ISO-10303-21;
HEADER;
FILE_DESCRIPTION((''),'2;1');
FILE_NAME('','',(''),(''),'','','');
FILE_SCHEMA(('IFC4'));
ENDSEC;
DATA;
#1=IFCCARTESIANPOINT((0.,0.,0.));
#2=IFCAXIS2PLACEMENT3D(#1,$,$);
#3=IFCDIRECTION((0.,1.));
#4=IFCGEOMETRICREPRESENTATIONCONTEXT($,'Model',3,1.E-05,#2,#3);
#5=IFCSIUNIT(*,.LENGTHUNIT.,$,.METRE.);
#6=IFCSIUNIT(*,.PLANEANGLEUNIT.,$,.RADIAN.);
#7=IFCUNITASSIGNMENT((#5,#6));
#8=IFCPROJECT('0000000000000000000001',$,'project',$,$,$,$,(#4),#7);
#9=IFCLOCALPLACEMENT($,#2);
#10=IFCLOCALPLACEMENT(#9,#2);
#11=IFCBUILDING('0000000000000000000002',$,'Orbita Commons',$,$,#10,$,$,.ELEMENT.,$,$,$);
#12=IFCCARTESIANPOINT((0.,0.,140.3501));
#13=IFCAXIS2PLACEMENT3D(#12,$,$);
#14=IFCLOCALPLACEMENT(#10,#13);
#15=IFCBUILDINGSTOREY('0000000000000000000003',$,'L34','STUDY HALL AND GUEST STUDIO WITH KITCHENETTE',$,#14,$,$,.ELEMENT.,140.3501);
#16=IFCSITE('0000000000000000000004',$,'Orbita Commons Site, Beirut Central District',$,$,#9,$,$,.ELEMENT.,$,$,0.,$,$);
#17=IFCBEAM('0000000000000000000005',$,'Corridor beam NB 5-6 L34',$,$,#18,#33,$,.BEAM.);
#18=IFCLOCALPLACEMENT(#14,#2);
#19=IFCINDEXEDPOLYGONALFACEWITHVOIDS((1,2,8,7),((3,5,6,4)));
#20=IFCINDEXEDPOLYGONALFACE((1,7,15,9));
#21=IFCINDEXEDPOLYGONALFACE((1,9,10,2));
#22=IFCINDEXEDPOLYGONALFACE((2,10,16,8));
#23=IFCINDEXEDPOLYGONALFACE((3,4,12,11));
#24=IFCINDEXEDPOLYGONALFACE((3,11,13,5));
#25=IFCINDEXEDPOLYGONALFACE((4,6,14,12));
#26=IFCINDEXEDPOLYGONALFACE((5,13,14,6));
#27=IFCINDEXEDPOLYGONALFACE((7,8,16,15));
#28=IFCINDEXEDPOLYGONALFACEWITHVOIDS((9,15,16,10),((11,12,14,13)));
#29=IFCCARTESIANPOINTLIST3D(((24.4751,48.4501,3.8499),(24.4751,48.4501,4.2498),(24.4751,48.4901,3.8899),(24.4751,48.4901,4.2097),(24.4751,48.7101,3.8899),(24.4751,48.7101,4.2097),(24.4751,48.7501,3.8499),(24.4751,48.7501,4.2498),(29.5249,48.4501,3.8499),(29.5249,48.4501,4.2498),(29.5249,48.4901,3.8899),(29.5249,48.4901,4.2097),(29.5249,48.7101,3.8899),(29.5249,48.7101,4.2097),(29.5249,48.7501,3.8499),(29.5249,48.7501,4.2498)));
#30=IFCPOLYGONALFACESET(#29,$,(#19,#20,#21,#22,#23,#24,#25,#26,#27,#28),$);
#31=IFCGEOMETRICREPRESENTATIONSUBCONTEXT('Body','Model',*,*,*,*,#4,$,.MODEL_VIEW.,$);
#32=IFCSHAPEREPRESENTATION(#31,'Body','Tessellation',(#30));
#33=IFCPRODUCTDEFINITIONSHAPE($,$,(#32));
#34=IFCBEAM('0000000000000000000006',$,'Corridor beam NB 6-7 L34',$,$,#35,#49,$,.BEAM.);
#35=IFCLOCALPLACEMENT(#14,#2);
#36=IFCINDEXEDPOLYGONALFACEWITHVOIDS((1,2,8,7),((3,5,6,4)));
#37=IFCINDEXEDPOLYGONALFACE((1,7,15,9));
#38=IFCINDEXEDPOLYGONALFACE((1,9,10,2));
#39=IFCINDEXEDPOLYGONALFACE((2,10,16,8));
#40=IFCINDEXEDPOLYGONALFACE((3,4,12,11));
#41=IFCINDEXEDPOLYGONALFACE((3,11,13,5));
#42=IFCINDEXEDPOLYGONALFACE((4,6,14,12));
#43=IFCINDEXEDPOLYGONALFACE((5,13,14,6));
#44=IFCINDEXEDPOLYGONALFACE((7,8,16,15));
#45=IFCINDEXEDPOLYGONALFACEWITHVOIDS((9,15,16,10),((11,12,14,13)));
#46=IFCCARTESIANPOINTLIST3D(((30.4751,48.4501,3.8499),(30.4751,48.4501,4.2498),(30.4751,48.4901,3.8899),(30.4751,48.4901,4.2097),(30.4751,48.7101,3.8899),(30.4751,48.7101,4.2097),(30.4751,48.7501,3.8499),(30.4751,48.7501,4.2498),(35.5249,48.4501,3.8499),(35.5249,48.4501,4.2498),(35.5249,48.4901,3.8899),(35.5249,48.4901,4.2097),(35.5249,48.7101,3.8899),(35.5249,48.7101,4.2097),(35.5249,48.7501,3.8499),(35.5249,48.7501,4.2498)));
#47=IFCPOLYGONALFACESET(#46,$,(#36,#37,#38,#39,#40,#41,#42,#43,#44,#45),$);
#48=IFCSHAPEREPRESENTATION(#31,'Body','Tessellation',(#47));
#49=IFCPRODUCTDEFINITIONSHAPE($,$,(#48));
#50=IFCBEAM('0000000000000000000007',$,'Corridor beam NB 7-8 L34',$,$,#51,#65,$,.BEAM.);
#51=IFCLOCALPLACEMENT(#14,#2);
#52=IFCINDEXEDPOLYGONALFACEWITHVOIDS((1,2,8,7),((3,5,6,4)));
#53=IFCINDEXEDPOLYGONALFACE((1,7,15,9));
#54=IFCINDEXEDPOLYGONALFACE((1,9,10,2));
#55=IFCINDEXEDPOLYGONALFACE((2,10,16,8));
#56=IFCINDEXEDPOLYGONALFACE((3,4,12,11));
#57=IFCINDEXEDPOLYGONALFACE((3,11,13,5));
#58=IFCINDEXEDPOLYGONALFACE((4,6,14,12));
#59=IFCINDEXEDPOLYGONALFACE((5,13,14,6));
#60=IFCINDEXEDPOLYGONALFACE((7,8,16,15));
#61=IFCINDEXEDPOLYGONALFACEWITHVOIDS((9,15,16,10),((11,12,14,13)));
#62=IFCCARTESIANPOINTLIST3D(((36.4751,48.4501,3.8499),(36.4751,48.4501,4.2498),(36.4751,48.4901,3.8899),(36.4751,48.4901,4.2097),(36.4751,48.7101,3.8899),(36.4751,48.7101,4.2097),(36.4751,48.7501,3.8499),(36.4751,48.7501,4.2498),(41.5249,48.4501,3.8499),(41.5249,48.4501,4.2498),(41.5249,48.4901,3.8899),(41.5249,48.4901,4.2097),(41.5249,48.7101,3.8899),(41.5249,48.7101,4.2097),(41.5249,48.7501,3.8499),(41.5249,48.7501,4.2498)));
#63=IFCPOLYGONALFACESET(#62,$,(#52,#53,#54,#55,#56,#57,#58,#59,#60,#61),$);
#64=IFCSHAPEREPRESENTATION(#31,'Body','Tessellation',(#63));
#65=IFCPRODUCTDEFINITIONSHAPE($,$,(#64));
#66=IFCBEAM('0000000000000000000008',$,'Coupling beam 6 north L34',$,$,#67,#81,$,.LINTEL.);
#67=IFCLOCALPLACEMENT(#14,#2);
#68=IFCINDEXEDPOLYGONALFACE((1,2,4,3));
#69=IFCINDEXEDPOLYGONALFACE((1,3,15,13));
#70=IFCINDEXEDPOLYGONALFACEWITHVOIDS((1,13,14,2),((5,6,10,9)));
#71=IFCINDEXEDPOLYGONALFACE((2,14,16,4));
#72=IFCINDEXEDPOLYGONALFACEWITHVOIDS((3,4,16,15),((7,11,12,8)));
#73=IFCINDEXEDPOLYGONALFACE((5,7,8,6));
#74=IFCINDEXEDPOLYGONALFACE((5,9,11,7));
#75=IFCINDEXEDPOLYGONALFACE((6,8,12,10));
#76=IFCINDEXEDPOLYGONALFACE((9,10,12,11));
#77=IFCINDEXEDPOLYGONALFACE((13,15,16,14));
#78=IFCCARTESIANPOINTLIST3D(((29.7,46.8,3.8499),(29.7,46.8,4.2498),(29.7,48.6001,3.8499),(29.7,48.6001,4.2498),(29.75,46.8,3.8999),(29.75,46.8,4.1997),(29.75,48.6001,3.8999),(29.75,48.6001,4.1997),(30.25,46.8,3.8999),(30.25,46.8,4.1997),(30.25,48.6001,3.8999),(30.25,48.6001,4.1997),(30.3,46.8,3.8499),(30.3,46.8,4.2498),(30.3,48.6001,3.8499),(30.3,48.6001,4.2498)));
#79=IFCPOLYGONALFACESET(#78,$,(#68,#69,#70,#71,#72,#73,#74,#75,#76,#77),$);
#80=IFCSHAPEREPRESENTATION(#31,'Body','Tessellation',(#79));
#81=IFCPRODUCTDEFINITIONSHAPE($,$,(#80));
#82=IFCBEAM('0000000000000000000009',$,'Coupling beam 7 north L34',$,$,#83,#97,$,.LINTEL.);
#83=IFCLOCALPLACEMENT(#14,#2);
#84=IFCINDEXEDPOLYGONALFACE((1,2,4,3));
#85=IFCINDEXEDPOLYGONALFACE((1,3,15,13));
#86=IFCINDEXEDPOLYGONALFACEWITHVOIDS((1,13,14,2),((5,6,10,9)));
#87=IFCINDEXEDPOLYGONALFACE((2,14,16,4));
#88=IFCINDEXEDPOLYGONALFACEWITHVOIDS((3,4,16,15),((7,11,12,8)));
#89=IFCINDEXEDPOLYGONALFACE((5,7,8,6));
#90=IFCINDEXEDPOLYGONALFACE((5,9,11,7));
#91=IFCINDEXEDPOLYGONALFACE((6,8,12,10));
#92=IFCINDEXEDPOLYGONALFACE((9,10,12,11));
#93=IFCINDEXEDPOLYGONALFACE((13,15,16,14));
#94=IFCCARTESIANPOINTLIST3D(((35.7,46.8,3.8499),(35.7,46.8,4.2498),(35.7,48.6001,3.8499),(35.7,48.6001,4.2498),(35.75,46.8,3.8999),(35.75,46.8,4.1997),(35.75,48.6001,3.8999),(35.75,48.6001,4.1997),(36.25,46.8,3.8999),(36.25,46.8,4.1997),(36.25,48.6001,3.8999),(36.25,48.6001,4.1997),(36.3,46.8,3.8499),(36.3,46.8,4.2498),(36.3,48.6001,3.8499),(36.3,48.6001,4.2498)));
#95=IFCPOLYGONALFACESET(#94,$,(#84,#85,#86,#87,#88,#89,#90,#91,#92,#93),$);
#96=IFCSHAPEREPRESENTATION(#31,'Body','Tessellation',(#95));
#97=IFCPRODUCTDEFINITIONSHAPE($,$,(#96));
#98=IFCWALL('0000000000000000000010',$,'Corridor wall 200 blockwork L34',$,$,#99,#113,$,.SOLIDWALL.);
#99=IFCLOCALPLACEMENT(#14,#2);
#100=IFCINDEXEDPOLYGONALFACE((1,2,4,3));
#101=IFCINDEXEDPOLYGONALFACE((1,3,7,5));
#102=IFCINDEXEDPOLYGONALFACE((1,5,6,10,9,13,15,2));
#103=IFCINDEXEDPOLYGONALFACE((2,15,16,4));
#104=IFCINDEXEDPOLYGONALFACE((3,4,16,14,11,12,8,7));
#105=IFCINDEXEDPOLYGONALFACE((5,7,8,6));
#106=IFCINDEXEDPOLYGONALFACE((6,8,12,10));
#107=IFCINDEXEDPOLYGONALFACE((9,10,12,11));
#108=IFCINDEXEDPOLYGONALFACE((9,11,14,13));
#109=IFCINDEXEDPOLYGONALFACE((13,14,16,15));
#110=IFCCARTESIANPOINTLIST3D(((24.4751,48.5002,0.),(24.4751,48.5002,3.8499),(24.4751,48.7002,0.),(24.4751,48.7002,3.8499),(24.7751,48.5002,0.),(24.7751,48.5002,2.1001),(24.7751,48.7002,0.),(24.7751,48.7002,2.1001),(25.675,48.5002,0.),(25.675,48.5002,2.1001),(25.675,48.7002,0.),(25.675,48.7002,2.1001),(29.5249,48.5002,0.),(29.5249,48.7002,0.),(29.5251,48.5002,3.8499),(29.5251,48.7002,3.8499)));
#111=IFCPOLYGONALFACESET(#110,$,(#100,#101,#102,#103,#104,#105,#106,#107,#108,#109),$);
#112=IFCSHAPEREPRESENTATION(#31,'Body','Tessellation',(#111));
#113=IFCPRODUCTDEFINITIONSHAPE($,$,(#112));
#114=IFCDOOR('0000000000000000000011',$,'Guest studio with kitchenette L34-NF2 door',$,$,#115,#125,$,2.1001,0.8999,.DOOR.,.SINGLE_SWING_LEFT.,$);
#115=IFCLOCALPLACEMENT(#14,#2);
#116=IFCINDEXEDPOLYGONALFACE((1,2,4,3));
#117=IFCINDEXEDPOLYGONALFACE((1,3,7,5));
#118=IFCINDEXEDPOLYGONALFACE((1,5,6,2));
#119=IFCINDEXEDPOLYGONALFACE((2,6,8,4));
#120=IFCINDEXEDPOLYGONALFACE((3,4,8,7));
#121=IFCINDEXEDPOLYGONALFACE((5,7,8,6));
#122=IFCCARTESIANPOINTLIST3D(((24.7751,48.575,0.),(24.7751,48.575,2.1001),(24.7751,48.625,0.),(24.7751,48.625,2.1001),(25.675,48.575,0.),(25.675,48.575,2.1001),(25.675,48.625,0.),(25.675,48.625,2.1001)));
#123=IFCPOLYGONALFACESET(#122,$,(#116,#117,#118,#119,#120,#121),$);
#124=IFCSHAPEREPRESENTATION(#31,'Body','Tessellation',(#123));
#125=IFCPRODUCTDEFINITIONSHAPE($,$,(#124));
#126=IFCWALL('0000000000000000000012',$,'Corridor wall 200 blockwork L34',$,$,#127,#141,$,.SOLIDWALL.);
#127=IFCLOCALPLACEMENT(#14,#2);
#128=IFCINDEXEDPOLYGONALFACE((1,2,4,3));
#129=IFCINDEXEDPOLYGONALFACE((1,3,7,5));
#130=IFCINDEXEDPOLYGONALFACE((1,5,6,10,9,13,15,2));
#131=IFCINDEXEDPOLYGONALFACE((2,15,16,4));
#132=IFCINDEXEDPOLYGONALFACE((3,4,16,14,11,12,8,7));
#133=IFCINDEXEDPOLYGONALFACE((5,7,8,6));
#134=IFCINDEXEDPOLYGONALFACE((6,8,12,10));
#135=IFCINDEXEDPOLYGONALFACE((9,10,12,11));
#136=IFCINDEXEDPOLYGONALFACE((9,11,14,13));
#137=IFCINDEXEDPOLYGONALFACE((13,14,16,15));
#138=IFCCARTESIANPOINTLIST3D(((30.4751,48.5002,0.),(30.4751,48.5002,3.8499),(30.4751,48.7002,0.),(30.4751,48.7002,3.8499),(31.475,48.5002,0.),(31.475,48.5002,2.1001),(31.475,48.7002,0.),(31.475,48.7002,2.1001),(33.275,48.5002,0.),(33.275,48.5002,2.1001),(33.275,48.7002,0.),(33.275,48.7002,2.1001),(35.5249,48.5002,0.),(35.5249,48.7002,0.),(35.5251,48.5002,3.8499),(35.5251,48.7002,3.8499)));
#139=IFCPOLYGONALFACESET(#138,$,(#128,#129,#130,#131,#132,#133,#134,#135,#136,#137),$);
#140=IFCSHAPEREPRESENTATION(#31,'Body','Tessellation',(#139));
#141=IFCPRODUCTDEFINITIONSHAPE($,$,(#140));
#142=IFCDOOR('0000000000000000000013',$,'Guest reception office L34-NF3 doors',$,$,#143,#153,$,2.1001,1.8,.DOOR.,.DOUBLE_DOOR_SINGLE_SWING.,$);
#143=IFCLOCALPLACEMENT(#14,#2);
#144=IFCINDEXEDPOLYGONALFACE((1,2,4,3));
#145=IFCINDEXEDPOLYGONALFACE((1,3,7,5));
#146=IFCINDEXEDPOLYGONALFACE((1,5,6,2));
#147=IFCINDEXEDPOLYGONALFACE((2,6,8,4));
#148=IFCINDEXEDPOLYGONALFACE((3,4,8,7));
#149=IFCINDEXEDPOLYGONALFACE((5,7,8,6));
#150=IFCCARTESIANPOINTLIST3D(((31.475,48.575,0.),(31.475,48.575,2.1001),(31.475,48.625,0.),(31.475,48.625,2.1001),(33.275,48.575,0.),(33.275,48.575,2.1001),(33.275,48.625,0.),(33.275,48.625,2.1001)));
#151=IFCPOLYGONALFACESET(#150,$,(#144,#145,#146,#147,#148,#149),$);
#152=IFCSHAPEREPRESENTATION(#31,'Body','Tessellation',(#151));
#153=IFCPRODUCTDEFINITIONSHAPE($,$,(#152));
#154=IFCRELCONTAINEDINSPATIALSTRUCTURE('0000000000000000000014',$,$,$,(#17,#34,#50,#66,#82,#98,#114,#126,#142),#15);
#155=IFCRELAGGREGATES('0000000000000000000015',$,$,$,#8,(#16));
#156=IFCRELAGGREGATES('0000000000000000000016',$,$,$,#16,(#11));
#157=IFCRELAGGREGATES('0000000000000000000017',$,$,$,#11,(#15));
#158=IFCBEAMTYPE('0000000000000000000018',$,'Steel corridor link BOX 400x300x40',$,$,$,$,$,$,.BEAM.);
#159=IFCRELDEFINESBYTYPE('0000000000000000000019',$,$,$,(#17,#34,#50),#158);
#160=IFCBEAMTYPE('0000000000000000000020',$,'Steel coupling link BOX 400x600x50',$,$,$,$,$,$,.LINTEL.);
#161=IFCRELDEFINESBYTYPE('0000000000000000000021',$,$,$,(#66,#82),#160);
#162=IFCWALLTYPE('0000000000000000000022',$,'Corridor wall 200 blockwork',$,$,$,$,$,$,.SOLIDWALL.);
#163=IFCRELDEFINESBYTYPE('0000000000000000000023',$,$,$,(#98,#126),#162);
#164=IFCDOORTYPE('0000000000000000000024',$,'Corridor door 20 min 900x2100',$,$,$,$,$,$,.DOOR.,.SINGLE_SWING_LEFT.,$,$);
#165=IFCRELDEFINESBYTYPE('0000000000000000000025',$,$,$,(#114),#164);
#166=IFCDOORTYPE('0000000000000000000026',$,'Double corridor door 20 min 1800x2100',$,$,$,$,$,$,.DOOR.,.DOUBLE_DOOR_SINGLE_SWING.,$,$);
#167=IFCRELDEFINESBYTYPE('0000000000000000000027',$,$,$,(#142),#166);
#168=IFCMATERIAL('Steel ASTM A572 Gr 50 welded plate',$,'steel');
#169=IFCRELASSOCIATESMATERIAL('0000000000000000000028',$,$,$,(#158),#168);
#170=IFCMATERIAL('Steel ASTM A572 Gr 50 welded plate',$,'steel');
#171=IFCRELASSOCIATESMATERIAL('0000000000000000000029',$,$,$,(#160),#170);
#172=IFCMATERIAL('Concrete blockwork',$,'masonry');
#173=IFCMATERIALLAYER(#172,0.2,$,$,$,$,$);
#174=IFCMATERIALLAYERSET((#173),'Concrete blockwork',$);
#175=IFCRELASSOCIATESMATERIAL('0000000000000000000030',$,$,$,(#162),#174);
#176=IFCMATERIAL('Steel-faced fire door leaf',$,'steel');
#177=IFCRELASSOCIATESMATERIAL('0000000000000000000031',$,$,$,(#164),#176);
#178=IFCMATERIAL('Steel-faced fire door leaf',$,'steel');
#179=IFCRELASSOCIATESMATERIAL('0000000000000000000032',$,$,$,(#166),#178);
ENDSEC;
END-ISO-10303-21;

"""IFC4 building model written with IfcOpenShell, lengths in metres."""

from ifc_helpers import new_model, si_unit, direction, frame, frame_2d, origin, origin_2d, place, context, subcontext, project, spatial, polyline, rectangle, hollow_rectangle, outline, extrude, material, layer, layer_set, material_profile, profile_set, type_object, element, fill, save


model = new_model("IFC4")

# Units and contexts
model_context = context("Model", 3, precision=1e-05, world=origin(), true_north=direction((0.0, 1.0)))
body_context = subcontext(model_context, "Body", "Model", "MODEL_VIEW")
ifc_project = project(units=[si_unit("LENGTHUNIT", "METRE"), si_unit("PLANEANGLEUNIT", "RADIAN")], contexts=[model_context])

# Site, building, storey
site_placement = place(None, origin())
site = spatial("IfcSite", under=ifc_project, at=site_placement, Name="Orbita Commons Site, Beirut Central District", CompositionType="ELEMENT", RefElevation=0.0)
building_placement = place(site_placement, origin())
building = spatial("IfcBuilding", under=site, at=building_placement, Name="Orbita Commons", CompositionType="ELEMENT")
storey_placement = place(building_placement, frame((0.0, 0.0, 140.3501)))
storey = spatial("IfcBuildingStorey", under=building, at=storey_placement, Name="L34", Description="STUDY HALL AND GUEST STUDIO WITH KITCHENETTE", CompositionType="ELEMENT", Elevation=140.3501)

# Beams
ifc_material_1 = material(Name="Steel ASTM A572 Gr 50 welded plate", Category="steel")
ifc_material_profile_1 = material_profile(ifc_material_1, hollow_rectangle(XDim=0.3, YDim=0.3999, WallThickness=0.04, at=origin_2d()), Name="BOX 400x300x40")
ifc_profile_set_1 = profile_set([ifc_material_profile_1], Name="Steel ASTM A572 Gr 50 welded plate")
beam_type_1 = type_object("IfcBeamType", Name="Steel corridor link BOX 400x300x40", PredefinedType="BEAM", material=ifc_profile_set_1)
for number, where, z_axis, x_axis, name in (
    (1, (24.4751, 48.6001, 4.0498), (1.0, 0.0, 0.0), (0.0, 1.0, 0.0), "Corridor beam NB 5-6 L34"),
    (2, (30.4751, 48.6001, 4.0498), (1.0, 0.0, 0.0), (0.0, 1.0, 0.0), "Corridor beam NB 6-7 L34"),
    (3, (36.4751, 48.6001, 4.0498), (1.0, 0.0, 0.0), (0.0, 1.0, 0.0), "Corridor beam NB 7-8 L34"),
):
    element("IfcBeam", number, at=place(storey_placement, frame(where, z_axis=z_axis, x_axis=x_axis)), inside=storey, type_object=beam_type_1, Name=name, PredefinedType="BEAM", context=body_context, shape_type="SweptSolid", body=[
        extrude(hollow_rectangle(XDim=0.3, YDim=0.3999, WallThickness=0.04, at=origin_2d()), origin(), (0.0, 0.0, 1.0), 5.0498),
    ])
ifc_material_2 = material(Name="Steel ASTM A572 Gr 50 welded plate", Category="steel")
ifc_material_profile_2 = material_profile(ifc_material_2, hollow_rectangle(XDim=0.6001, YDim=0.3999, WallThickness=0.05, at=origin_2d()), Name="BOX 400x600x50")
ifc_profile_set_2 = profile_set([ifc_material_profile_2], Name="Steel ASTM A572 Gr 50 welded plate")
beam_type_2 = type_object("IfcBeamType", Name="Steel coupling link BOX 400x600x50", PredefinedType="LINTEL", material=ifc_profile_set_2)
for number, where, z_axis, x_axis, name in (
    (4, (30.0, 46.8, 4.0498), (0.0, 1.0, 0.0), (-1.0, 0.0, 0.0), "Coupling beam 6 north L34"),
    (5, (36.0, 46.8, 4.0498), (0.0, 1.0, 0.0), (-1.0, 0.0, 0.0), "Coupling beam 7 north L34"),
):
    element("IfcBeam", number, at=place(storey_placement, frame(where, z_axis=z_axis, x_axis=x_axis)), inside=storey, type_object=beam_type_2, Name=name, PredefinedType="LINTEL", context=body_context, shape_type="SweptSolid", body=[
        extrude(hollow_rectangle(XDim=0.6001, YDim=0.3999, WallThickness=0.05, at=origin_2d()), origin(), (0.0, 0.0, 1.0), 1.8),
    ])

# Walls, openings, doors
ifc_material_3 = material(Name="Concrete blockwork", Category="masonry")
ifc_layer_1 = layer(ifc_material_3, 0.2)
ifc_layer_set_1 = layer_set([ifc_layer_1], Name="Concrete blockwork")
wall_type_1 = type_object("IfcWallType", Name="Corridor wall 200 blockwork", PredefinedType="SOLIDWALL", material=ifc_layer_set_1)
wall_1_placement = place(storey_placement, frame((24.4751, 48.6001, 0.0), z_axis=(0.0, 0.0, 1.0), x_axis=(1.0, 0.0, 0.0)))
wall_1 = element("IfcWall", 6, at=wall_1_placement, inside=storey, type_object=wall_type_1, Name="Corridor wall 200 blockwork L34", PredefinedType="SOLIDWALL", context=body_context, shape_type="SweptSolid", body=[
    extrude(outline(polyline([(0.0, 0.0), (5.0498, 0.0), (5.05, 3.8499), (0.0, 3.8499), (0.0, 0.0)])), frame((0.0, 0.1001, 0.0), z_axis=(0.0, -1.0, 0.0), x_axis=(1.0, 0.0, 0.0)), (0.0, 0.0, 1.0), 0.2),
])
opening_1_placement = place(wall_1_placement, frame((0.3, 0.0, 0.0)))
opening_1 = element("IfcOpeningElement", 7, at=opening_1_placement, cuts=wall_1, PredefinedType="OPENING", context=body_context, shape_type="SweptSolid", body=[
    extrude(rectangle(XDim=0.8999, YDim=2.1001, at=frame_2d((0.45, 1.05))), frame((0.0, 0.1099, 0.0), z_axis=(0.0, -1.0, 0.0), x_axis=(1.0, 0.0, 0.0)), (0.0, 0.0, 1.0), 0.22),
])
ifc_material_4 = material(Name="Steel-faced fire door leaf", Category="steel")
door_type_1 = type_object("IfcDoorType", Name="Corridor door 20 min 900x2100", OperationType="SINGLE_SWING_LEFT", PredefinedType="DOOR", material=ifc_material_4)
door_1_placement = place(opening_1_placement, origin())
door_1 = element("IfcDoor", 8, at=door_1_placement, inside=storey, type_object=door_type_1, Name="Guest studio with kitchenette L34-NF2 door", OperationType="SINGLE_SWING_LEFT", OverallHeight=2.1001, OverallWidth=0.8999, PredefinedType="DOOR", context=body_context, shape_type="SweptSolid", body=[
    extrude(rectangle(XDim=0.8999, YDim=2.1001, at=frame_2d((0.45, 1.05))), frame((0.0, 0.0249, 0.0), z_axis=(0.0, -1.0, 0.0), x_axis=(1.0, 0.0, 0.0)), (0.0, 0.0, 1.0), 0.05),
])
fill(opening_1, door_1)
wall_2_placement = place(storey_placement, frame((30.4751, 48.6001, 0.0), z_axis=(0.0, 0.0, 1.0), x_axis=(1.0, 0.0, 0.0)))
wall_2 = element("IfcWall", 9, at=wall_2_placement, inside=storey, type_object=wall_type_1, Name="Corridor wall 200 blockwork L34", PredefinedType="SOLIDWALL", context=body_context, shape_type="SweptSolid", body=[
    extrude(outline(polyline([(0.0, 0.0), (5.0498, 0.0), (5.05, 3.8499), (0.0, 3.8499), (0.0, 0.0)])), frame((0.0, 0.1001, 0.0), z_axis=(0.0, -1.0, 0.0), x_axis=(1.0, 0.0, 0.0)), (0.0, 0.0, 1.0), 0.2),
])
opening_2_placement = place(wall_2_placement, frame((1.0, 0.0, 0.0)))
opening_2 = element("IfcOpeningElement", 10, at=opening_2_placement, cuts=wall_2, PredefinedType="OPENING", context=body_context, shape_type="SweptSolid", body=[
    extrude(rectangle(XDim=1.8, YDim=2.1001, at=frame_2d((0.8999, 1.05))), frame((0.0, 0.1099, 0.0), z_axis=(0.0, -1.0, 0.0), x_axis=(1.0, 0.0, 0.0)), (0.0, 0.0, 1.0), 0.22),
])
ifc_material_5 = material(Name="Steel-faced fire door leaf", Category="steel")
door_type_2 = type_object("IfcDoorType", Name="Double corridor door 20 min 1800x2100", OperationType="DOUBLE_DOOR_SINGLE_SWING", PredefinedType="DOOR", material=ifc_material_5)
door_2_placement = place(opening_2_placement, origin())
door_2 = element("IfcDoor", 11, at=door_2_placement, inside=storey, type_object=door_type_2, Name="Guest reception office L34-NF3 doors", OperationType="DOUBLE_DOOR_SINGLE_SWING", OverallHeight=2.1001, OverallWidth=1.8, PredefinedType="DOOR", context=body_context, shape_type="SweptSolid", body=[
    extrude(rectangle(XDim=1.8, YDim=2.1001, at=frame_2d((0.8999, 1.05))), frame((0.0, 0.0249, 0.0), z_axis=(0.0, -1.0, 0.0), x_axis=(1.0, 0.0, 0.0)), (0.0, 0.0, 1.0), 0.05),
])
fill(opening_2, door_2)

save(model, "model.ifc")
